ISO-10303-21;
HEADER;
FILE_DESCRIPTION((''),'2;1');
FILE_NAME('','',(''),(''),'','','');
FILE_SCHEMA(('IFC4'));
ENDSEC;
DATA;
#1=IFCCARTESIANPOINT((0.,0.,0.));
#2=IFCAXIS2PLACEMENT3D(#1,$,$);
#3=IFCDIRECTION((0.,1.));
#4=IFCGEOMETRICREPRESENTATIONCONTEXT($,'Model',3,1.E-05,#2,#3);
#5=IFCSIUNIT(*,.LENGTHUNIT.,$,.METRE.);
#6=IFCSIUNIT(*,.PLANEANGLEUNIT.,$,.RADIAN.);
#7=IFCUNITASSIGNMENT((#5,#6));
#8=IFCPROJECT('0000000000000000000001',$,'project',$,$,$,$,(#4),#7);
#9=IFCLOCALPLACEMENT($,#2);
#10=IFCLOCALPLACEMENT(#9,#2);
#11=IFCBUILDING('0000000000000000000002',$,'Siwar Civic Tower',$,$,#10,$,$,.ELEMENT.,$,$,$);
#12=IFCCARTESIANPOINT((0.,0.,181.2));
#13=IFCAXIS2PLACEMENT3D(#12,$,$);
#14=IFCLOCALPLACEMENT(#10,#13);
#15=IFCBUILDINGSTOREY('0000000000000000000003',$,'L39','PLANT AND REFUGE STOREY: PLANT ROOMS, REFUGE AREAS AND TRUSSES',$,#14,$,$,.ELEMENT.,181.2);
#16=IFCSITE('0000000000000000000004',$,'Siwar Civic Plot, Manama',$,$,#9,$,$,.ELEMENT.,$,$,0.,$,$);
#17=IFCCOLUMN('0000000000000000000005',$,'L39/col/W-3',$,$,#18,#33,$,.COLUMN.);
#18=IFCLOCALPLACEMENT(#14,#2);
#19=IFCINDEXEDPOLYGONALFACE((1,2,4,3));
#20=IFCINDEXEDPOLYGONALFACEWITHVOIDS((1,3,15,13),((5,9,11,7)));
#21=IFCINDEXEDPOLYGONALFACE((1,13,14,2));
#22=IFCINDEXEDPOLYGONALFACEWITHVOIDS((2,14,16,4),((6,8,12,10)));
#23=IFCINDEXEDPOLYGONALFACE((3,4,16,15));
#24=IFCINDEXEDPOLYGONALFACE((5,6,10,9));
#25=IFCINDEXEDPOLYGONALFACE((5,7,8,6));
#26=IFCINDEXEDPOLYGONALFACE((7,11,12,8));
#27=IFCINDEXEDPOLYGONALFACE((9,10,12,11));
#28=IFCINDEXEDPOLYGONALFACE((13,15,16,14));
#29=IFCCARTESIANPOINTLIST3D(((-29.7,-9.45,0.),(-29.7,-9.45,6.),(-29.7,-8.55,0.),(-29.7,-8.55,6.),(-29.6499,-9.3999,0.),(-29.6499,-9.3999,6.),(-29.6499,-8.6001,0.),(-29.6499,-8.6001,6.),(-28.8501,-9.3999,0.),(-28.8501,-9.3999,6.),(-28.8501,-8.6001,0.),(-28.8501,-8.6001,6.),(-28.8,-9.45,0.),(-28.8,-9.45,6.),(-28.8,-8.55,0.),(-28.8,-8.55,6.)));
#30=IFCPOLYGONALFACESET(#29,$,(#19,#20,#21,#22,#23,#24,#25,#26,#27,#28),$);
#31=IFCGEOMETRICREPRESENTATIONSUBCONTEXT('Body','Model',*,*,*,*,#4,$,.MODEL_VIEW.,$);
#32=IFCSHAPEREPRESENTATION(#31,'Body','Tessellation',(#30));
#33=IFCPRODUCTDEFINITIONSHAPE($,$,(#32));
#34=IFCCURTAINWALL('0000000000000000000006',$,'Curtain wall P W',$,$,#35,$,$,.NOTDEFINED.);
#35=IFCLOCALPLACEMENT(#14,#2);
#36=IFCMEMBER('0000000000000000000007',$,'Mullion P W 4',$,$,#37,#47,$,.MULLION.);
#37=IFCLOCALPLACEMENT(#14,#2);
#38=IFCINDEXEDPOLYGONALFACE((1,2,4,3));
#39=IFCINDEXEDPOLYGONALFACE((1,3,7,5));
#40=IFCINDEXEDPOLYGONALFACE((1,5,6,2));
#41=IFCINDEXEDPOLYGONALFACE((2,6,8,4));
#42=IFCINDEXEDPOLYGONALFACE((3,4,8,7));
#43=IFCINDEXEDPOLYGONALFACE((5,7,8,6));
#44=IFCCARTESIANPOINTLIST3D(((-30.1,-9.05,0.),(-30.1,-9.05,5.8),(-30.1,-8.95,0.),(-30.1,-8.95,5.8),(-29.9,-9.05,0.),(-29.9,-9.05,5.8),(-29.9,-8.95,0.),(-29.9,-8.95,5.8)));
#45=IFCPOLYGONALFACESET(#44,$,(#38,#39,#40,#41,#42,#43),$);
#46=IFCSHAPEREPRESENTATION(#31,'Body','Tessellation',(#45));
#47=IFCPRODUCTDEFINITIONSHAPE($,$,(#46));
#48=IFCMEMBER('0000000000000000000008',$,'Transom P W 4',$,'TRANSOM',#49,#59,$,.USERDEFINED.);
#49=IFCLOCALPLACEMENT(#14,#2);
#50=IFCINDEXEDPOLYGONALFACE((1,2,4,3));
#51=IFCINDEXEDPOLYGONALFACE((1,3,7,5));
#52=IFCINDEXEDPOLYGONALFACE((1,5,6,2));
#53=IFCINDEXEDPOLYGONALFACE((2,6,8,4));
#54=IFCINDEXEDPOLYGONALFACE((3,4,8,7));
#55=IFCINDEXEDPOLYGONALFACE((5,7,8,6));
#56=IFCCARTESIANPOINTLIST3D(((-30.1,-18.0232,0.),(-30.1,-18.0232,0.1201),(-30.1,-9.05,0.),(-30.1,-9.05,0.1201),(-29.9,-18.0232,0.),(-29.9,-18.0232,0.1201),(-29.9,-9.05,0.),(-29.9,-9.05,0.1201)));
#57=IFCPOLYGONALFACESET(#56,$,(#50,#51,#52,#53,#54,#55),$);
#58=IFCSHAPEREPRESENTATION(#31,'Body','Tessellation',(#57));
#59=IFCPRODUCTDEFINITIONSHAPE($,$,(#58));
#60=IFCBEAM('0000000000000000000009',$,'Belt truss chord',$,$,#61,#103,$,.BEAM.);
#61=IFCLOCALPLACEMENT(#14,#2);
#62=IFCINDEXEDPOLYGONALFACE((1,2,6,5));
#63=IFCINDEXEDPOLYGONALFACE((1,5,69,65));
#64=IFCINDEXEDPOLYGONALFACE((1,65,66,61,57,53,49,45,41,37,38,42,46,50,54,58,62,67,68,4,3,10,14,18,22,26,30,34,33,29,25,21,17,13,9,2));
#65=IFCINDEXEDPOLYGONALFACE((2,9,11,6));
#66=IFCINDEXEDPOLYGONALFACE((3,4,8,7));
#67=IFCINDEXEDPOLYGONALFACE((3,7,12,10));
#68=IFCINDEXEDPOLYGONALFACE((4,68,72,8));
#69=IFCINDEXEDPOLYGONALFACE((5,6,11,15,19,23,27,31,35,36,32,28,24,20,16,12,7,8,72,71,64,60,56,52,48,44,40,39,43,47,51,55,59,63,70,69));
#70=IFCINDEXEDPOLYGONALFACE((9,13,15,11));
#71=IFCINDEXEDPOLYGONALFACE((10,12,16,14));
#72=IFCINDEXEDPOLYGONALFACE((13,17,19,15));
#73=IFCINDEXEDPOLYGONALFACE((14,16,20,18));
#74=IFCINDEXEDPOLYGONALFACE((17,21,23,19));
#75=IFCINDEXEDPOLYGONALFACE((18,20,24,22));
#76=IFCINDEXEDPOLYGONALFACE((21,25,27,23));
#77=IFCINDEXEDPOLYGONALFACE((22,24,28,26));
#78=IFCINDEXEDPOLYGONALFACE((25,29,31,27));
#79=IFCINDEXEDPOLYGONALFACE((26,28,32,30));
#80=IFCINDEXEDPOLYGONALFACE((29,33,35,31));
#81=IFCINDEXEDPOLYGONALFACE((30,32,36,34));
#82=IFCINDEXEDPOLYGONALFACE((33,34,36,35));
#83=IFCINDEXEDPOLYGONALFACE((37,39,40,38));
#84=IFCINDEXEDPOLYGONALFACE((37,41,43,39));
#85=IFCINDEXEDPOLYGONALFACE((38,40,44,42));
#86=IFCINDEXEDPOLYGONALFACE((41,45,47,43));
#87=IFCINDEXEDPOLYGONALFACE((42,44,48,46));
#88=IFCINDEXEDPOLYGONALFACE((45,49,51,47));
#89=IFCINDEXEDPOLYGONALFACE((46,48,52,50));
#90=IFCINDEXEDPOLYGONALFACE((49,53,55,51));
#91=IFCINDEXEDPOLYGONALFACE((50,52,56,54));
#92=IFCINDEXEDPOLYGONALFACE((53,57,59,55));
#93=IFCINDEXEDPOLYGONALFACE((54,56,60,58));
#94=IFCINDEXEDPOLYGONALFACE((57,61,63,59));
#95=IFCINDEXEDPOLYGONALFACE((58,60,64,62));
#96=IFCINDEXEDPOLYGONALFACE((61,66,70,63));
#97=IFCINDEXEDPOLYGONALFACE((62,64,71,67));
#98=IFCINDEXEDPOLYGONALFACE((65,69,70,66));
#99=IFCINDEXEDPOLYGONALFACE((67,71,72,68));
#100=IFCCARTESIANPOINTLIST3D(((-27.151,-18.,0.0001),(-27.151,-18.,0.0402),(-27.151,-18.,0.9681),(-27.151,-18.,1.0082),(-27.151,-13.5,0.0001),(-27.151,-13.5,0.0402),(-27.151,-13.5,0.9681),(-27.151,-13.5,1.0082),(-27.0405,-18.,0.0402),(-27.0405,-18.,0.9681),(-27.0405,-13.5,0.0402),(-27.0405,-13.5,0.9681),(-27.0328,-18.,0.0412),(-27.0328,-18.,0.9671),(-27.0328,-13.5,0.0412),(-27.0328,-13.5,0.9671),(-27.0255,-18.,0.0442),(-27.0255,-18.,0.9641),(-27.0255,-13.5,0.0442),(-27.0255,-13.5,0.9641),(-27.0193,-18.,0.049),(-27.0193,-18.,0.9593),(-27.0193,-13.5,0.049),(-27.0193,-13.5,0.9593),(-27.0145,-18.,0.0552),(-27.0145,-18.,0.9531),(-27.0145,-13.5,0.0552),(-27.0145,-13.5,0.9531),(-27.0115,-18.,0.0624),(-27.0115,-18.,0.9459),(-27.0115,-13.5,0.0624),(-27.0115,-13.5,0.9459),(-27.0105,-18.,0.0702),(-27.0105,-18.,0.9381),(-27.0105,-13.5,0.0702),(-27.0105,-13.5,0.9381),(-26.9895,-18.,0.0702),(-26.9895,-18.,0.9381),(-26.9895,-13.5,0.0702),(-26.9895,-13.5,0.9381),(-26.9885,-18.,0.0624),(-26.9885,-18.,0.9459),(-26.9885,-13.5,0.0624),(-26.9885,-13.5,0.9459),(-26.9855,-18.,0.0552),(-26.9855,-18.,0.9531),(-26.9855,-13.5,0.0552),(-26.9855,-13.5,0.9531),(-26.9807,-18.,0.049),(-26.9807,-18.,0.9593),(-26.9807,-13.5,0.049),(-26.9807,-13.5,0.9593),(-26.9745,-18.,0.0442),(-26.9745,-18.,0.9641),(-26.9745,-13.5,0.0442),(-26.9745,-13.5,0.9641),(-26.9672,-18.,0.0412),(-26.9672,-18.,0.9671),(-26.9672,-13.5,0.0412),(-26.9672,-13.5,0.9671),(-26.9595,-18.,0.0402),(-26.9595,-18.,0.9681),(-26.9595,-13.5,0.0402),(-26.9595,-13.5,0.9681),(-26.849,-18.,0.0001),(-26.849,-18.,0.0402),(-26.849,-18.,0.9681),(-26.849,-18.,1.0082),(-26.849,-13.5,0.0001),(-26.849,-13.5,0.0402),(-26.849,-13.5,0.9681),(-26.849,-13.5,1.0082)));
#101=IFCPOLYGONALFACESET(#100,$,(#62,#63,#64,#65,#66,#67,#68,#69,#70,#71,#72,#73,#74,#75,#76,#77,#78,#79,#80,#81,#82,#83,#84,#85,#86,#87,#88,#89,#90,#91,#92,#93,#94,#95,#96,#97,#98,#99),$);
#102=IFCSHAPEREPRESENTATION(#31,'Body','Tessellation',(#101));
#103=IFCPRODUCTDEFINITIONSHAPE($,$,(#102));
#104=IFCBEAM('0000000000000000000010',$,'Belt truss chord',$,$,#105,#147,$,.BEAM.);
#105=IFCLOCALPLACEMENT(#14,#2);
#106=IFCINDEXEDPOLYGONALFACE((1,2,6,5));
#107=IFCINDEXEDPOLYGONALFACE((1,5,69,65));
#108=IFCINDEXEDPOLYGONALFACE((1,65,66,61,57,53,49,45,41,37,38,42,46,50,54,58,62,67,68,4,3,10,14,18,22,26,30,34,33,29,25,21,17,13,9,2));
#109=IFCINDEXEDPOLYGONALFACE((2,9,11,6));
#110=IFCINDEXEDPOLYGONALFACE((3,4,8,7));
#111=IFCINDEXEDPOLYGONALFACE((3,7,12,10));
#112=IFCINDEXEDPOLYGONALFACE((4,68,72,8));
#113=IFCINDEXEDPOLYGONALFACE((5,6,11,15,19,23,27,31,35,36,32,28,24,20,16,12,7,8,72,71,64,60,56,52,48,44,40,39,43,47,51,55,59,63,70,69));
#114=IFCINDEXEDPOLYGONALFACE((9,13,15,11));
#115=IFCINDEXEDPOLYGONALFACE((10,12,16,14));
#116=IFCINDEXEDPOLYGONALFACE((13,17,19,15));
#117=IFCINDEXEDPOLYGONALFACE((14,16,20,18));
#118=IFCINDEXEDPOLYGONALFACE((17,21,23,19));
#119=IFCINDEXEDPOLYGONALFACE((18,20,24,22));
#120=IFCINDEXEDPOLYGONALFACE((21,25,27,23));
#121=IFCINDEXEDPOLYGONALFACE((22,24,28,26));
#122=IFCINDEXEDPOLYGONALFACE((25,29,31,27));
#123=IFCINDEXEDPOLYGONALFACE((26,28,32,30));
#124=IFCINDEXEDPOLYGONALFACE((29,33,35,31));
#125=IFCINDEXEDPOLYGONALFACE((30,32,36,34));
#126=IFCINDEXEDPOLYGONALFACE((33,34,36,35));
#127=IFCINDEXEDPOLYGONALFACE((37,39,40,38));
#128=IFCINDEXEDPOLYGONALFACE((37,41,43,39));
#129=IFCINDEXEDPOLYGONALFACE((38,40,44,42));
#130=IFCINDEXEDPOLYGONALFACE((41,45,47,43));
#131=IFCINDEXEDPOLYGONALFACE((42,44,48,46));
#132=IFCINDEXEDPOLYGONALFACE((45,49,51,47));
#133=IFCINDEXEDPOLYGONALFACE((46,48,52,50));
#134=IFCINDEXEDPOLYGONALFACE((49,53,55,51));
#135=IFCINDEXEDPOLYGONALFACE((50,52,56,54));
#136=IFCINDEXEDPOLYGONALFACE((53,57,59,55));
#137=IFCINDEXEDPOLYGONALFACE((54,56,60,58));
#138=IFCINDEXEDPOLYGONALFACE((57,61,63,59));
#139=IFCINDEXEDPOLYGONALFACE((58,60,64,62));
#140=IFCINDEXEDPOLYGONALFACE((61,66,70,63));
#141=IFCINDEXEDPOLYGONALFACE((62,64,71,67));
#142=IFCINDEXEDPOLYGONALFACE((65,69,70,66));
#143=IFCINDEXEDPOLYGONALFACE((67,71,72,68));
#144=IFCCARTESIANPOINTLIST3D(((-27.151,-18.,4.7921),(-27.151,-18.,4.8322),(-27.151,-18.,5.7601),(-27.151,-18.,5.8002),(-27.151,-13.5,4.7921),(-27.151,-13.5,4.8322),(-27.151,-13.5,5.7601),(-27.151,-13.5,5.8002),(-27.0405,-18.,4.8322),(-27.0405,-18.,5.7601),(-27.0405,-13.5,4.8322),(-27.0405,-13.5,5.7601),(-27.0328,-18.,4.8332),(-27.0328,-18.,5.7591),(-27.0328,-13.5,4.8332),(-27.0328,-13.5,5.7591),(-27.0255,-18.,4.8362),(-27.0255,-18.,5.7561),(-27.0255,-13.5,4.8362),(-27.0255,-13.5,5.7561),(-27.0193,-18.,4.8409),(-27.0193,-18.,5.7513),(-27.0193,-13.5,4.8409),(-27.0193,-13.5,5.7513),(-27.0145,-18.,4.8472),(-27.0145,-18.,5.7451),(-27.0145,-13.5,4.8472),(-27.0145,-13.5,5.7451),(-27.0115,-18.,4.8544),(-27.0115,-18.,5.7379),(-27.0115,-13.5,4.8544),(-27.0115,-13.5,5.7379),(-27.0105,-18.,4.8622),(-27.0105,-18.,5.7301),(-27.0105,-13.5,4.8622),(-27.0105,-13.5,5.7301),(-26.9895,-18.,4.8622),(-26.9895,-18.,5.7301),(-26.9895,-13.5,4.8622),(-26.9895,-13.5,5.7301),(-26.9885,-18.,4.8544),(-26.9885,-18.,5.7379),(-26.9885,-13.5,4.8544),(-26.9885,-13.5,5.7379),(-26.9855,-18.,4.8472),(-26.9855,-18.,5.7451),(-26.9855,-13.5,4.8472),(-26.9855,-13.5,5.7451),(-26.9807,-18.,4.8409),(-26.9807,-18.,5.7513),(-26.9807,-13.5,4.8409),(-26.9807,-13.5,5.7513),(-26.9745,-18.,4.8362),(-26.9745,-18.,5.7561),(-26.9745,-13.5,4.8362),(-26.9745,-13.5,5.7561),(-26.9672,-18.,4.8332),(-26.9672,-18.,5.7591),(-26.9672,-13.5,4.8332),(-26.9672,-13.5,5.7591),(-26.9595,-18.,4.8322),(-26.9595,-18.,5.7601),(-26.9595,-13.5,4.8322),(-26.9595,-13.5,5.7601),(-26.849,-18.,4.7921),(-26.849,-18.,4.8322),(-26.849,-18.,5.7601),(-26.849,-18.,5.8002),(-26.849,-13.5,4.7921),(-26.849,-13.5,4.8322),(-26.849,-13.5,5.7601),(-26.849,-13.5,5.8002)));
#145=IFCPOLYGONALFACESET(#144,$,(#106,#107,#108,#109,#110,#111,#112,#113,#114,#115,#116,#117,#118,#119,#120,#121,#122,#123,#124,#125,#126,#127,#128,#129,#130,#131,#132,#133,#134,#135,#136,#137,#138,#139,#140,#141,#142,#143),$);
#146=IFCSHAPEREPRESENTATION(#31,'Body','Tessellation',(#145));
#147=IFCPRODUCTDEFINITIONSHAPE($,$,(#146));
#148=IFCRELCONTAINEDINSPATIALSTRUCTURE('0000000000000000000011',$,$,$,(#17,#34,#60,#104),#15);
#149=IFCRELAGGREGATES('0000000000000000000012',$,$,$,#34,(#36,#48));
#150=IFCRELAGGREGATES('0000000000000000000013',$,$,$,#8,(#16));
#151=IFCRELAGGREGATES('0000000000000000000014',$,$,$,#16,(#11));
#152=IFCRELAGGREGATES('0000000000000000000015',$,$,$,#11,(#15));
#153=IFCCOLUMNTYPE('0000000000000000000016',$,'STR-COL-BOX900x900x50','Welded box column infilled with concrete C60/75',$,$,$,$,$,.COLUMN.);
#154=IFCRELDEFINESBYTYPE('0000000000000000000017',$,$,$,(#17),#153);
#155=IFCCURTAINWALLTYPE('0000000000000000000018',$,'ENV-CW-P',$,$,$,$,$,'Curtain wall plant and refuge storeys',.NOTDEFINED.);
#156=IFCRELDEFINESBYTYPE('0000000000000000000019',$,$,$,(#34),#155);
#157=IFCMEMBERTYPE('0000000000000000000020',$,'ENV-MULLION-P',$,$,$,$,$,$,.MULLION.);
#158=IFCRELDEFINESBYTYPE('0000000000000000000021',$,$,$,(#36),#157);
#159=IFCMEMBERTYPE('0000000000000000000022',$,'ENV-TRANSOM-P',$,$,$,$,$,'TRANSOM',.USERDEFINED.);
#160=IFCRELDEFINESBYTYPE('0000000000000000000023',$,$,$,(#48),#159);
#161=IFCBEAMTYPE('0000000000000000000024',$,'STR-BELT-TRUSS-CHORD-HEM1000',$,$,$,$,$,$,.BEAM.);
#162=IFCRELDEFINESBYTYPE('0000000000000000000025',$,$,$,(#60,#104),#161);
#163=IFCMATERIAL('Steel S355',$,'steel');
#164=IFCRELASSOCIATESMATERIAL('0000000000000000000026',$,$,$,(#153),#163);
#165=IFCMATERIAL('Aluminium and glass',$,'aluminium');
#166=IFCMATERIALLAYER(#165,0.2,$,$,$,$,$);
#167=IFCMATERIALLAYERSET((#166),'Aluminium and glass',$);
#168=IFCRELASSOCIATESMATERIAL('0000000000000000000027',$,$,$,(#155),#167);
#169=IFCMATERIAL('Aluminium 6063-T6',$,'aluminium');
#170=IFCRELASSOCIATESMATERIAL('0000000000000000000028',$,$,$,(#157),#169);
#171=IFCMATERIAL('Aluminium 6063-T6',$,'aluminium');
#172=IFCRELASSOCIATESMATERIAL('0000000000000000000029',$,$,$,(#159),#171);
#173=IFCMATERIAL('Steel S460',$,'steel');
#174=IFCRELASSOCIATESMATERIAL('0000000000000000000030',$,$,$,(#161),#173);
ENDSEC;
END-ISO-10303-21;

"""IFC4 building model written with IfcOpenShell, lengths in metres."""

from ifc_helpers import new_model, si_unit, direction, frame, origin, origin_2d, place, context, subcontext, project, spatial, rectangle, hollow_rectangle, i_section, extrude, material, layer, layer_set, material_profile, profile_set, type_object, element, aggregate, save


model = new_model("IFC4")

# Units and contexts
model_context = context("Model", 3, precision=1e-05, world=origin(), true_north=direction((0.0, 1.0)))
body_context = subcontext(model_context, "Body", "Model", "MODEL_VIEW")
ifc_project = project(units=[si_unit("LENGTHUNIT", "METRE"), si_unit("PLANEANGLEUNIT", "RADIAN")], contexts=[model_context])

# Site, building, storey
site_placement = place(None, origin())
site = spatial("IfcSite", under=ifc_project, at=site_placement, Name="Siwar Civic Plot, Manama", CompositionType="ELEMENT", RefElevation=0.0)
building_placement = place(site_placement, origin())
building = spatial("IfcBuilding", under=site, at=building_placement, Name="Siwar Civic Tower", CompositionType="ELEMENT")
storey_placement = place(building_placement, frame((0.0, 0.0, 181.2)))
storey = spatial("IfcBuildingStorey", under=building, at=storey_placement, Name="L39", Description="PLANT AND REFUGE STOREY: PLANT ROOMS, REFUGE AREAS AND TRUSSES", CompositionType="ELEMENT", Elevation=181.2)

# Column
ifc_material_1 = material(Name="Steel S355", Category="steel")
ifc_material_profile_1 = material_profile(ifc_material_1, hollow_rectangle(XDim=0.8999, YDim=0.8999, WallThickness=0.05, at=origin_2d()), Name="BOX900x900x50")
ifc_profile_set_1 = profile_set([ifc_material_profile_1], Name="Steel S355")
column_type = type_object("IfcColumnType", Name="STR-COL-BOX900x900x50", Description="Welded box column infilled with concrete C60/75", PredefinedType="COLUMN", material=ifc_profile_set_1)
column_placement = place(storey_placement, frame((-29.25, -9.0, 0.0), z_axis=(0.0, 0.0, 1.0), x_axis=(1.0, 0.0, 0.0)))
element("IfcColumn", 1, at=column_placement, inside=storey, type_object=column_type, Name="L39/col/W-3", PredefinedType="COLUMN", context=body_context, shape_type="SweptSolid", body=[
    extrude(hollow_rectangle(XDim=0.8999, YDim=0.8999, WallThickness=0.05, at=origin_2d()), origin(), (0.0, 0.0, 1.0), 6.0),
])

# Curtain wall, members
ifc_material_2 = material(Name="Aluminium and glass", Category="aluminium")
ifc_layer_1 = layer(ifc_material_2, 0.2)
ifc_layer_set_1 = layer_set([ifc_layer_1], Name="Aluminium and glass")
curtain_wall_type = type_object("IfcCurtainWallType", Name="ENV-CW-P", ElementType="Curtain wall plant and refuge storeys", PredefinedType="NOTDEFINED", material=ifc_layer_set_1)
curtain_wall_placement = place(storey_placement, origin())
curtain_wall = element("IfcCurtainWall", 2, at=curtain_wall_placement, inside=storey, type_object=curtain_wall_type, Name="Curtain wall P W", PredefinedType="NOTDEFINED")
ifc_material_3 = material(Name="Aluminium 6063-T6", Category="aluminium")
ifc_material_profile_2 = material_profile(ifc_material_3, rectangle(XDim=0.2, YDim=0.1001, at=origin_2d()), Name="AL 200x100")
ifc_profile_set_2 = profile_set([ifc_material_profile_2], Name="Aluminium 6063-T6")
member_type_1 = type_object("IfcMemberType", Name="ENV-MULLION-P", PredefinedType="MULLION", material=ifc_profile_set_2)
member_1_placement = place(storey_placement, frame((-30.0, -9.0, 0.0), z_axis=(0.0, 0.0, 1.0), x_axis=(1.0, 0.0, 0.0)))
member_1 = element("IfcMember", 3, at=member_1_placement, type_object=member_type_1, Name="Mullion P W 4", PredefinedType="MULLION", context=body_context, shape_type="SweptSolid", body=[
    extrude(rectangle(XDim=0.2, YDim=0.1001, at=origin_2d()), origin(), (0.0, 0.0, 1.0), 5.8),
])
ifc_material_4 = material(Name="Aluminium 6063-T6", Category="aluminium")
ifc_material_profile_3 = material_profile(ifc_material_4, rectangle(XDim=0.2, YDim=0.1201, at=origin_2d()), Name="AL 200x120")
ifc_profile_set_3 = profile_set([ifc_material_profile_3], Name="Aluminium 6063-T6")
member_type_2 = type_object("IfcMemberType", Name="ENV-TRANSOM-P", ElementType="TRANSOM", PredefinedType="USERDEFINED", material=ifc_profile_set_3)
member_2_placement = place(storey_placement, frame((-30.0, -9.05, 0.0601), z_axis=(0.0, -1.0, 0.0), x_axis=(1.0, 0.0, 0.0)))
member_2 = element("IfcMember", 4, at=member_2_placement, type_object=member_type_2, Name="Transom P W 4", ObjectType="TRANSOM", PredefinedType="USERDEFINED", context=body_context, shape_type="SweptSolid", body=[
    extrude(rectangle(XDim=0.2, YDim=0.1201, at=origin_2d()), origin(), (0.0, 0.0, 1.0), 8.9731),
])
aggregate(curtain_wall, [member_1, member_2])

# Beams
ifc_material_5 = material(Name="Steel S460", Category="steel")
ifc_material_profile_4 = material_profile(ifc_material_5, i_section(OverallWidth=0.302, OverallDepth=1.0081, WebThickness=0.021, FlangeThickness=0.04, FilletRadius=0.03, at=origin_2d()), Name="HEM1000")
ifc_profile_set_4 = profile_set([ifc_material_profile_4], Name="Steel S460")
beam_type_1 = type_object("IfcBeamType", Name="STR-BELT-TRUSS-CHORD-HEM1000", PredefinedType="BEAM", material=ifc_profile_set_4)
for number, where, z_axis, x_axis, name in (
    (5, (-27.0, -13.5, 0.5042), (0.0, -1.0, 0.0), (1.0, 0.0, 0.0), "Belt truss chord"),
    (6, (-27.0, -13.5, 5.2961), (0.0, -1.0, 0.0), (1.0, 0.0, 0.0), "Belt truss chord"),
):
    element("IfcBeam", number, at=place(storey_placement, frame(where, z_axis=z_axis, x_axis=x_axis)), inside=storey, type_object=beam_type_1, Name=name, PredefinedType="BEAM", context=body_context, shape_type="SweptSolid", body=[
        extrude(i_section(OverallWidth=0.302, OverallDepth=1.0081, WebThickness=0.021, FlangeThickness=0.04, FilletRadius=0.03, at=origin_2d()), origin(), (0.0, 0.0, 1.0), 4.5),
    ])

save(model, "model.ifc")
